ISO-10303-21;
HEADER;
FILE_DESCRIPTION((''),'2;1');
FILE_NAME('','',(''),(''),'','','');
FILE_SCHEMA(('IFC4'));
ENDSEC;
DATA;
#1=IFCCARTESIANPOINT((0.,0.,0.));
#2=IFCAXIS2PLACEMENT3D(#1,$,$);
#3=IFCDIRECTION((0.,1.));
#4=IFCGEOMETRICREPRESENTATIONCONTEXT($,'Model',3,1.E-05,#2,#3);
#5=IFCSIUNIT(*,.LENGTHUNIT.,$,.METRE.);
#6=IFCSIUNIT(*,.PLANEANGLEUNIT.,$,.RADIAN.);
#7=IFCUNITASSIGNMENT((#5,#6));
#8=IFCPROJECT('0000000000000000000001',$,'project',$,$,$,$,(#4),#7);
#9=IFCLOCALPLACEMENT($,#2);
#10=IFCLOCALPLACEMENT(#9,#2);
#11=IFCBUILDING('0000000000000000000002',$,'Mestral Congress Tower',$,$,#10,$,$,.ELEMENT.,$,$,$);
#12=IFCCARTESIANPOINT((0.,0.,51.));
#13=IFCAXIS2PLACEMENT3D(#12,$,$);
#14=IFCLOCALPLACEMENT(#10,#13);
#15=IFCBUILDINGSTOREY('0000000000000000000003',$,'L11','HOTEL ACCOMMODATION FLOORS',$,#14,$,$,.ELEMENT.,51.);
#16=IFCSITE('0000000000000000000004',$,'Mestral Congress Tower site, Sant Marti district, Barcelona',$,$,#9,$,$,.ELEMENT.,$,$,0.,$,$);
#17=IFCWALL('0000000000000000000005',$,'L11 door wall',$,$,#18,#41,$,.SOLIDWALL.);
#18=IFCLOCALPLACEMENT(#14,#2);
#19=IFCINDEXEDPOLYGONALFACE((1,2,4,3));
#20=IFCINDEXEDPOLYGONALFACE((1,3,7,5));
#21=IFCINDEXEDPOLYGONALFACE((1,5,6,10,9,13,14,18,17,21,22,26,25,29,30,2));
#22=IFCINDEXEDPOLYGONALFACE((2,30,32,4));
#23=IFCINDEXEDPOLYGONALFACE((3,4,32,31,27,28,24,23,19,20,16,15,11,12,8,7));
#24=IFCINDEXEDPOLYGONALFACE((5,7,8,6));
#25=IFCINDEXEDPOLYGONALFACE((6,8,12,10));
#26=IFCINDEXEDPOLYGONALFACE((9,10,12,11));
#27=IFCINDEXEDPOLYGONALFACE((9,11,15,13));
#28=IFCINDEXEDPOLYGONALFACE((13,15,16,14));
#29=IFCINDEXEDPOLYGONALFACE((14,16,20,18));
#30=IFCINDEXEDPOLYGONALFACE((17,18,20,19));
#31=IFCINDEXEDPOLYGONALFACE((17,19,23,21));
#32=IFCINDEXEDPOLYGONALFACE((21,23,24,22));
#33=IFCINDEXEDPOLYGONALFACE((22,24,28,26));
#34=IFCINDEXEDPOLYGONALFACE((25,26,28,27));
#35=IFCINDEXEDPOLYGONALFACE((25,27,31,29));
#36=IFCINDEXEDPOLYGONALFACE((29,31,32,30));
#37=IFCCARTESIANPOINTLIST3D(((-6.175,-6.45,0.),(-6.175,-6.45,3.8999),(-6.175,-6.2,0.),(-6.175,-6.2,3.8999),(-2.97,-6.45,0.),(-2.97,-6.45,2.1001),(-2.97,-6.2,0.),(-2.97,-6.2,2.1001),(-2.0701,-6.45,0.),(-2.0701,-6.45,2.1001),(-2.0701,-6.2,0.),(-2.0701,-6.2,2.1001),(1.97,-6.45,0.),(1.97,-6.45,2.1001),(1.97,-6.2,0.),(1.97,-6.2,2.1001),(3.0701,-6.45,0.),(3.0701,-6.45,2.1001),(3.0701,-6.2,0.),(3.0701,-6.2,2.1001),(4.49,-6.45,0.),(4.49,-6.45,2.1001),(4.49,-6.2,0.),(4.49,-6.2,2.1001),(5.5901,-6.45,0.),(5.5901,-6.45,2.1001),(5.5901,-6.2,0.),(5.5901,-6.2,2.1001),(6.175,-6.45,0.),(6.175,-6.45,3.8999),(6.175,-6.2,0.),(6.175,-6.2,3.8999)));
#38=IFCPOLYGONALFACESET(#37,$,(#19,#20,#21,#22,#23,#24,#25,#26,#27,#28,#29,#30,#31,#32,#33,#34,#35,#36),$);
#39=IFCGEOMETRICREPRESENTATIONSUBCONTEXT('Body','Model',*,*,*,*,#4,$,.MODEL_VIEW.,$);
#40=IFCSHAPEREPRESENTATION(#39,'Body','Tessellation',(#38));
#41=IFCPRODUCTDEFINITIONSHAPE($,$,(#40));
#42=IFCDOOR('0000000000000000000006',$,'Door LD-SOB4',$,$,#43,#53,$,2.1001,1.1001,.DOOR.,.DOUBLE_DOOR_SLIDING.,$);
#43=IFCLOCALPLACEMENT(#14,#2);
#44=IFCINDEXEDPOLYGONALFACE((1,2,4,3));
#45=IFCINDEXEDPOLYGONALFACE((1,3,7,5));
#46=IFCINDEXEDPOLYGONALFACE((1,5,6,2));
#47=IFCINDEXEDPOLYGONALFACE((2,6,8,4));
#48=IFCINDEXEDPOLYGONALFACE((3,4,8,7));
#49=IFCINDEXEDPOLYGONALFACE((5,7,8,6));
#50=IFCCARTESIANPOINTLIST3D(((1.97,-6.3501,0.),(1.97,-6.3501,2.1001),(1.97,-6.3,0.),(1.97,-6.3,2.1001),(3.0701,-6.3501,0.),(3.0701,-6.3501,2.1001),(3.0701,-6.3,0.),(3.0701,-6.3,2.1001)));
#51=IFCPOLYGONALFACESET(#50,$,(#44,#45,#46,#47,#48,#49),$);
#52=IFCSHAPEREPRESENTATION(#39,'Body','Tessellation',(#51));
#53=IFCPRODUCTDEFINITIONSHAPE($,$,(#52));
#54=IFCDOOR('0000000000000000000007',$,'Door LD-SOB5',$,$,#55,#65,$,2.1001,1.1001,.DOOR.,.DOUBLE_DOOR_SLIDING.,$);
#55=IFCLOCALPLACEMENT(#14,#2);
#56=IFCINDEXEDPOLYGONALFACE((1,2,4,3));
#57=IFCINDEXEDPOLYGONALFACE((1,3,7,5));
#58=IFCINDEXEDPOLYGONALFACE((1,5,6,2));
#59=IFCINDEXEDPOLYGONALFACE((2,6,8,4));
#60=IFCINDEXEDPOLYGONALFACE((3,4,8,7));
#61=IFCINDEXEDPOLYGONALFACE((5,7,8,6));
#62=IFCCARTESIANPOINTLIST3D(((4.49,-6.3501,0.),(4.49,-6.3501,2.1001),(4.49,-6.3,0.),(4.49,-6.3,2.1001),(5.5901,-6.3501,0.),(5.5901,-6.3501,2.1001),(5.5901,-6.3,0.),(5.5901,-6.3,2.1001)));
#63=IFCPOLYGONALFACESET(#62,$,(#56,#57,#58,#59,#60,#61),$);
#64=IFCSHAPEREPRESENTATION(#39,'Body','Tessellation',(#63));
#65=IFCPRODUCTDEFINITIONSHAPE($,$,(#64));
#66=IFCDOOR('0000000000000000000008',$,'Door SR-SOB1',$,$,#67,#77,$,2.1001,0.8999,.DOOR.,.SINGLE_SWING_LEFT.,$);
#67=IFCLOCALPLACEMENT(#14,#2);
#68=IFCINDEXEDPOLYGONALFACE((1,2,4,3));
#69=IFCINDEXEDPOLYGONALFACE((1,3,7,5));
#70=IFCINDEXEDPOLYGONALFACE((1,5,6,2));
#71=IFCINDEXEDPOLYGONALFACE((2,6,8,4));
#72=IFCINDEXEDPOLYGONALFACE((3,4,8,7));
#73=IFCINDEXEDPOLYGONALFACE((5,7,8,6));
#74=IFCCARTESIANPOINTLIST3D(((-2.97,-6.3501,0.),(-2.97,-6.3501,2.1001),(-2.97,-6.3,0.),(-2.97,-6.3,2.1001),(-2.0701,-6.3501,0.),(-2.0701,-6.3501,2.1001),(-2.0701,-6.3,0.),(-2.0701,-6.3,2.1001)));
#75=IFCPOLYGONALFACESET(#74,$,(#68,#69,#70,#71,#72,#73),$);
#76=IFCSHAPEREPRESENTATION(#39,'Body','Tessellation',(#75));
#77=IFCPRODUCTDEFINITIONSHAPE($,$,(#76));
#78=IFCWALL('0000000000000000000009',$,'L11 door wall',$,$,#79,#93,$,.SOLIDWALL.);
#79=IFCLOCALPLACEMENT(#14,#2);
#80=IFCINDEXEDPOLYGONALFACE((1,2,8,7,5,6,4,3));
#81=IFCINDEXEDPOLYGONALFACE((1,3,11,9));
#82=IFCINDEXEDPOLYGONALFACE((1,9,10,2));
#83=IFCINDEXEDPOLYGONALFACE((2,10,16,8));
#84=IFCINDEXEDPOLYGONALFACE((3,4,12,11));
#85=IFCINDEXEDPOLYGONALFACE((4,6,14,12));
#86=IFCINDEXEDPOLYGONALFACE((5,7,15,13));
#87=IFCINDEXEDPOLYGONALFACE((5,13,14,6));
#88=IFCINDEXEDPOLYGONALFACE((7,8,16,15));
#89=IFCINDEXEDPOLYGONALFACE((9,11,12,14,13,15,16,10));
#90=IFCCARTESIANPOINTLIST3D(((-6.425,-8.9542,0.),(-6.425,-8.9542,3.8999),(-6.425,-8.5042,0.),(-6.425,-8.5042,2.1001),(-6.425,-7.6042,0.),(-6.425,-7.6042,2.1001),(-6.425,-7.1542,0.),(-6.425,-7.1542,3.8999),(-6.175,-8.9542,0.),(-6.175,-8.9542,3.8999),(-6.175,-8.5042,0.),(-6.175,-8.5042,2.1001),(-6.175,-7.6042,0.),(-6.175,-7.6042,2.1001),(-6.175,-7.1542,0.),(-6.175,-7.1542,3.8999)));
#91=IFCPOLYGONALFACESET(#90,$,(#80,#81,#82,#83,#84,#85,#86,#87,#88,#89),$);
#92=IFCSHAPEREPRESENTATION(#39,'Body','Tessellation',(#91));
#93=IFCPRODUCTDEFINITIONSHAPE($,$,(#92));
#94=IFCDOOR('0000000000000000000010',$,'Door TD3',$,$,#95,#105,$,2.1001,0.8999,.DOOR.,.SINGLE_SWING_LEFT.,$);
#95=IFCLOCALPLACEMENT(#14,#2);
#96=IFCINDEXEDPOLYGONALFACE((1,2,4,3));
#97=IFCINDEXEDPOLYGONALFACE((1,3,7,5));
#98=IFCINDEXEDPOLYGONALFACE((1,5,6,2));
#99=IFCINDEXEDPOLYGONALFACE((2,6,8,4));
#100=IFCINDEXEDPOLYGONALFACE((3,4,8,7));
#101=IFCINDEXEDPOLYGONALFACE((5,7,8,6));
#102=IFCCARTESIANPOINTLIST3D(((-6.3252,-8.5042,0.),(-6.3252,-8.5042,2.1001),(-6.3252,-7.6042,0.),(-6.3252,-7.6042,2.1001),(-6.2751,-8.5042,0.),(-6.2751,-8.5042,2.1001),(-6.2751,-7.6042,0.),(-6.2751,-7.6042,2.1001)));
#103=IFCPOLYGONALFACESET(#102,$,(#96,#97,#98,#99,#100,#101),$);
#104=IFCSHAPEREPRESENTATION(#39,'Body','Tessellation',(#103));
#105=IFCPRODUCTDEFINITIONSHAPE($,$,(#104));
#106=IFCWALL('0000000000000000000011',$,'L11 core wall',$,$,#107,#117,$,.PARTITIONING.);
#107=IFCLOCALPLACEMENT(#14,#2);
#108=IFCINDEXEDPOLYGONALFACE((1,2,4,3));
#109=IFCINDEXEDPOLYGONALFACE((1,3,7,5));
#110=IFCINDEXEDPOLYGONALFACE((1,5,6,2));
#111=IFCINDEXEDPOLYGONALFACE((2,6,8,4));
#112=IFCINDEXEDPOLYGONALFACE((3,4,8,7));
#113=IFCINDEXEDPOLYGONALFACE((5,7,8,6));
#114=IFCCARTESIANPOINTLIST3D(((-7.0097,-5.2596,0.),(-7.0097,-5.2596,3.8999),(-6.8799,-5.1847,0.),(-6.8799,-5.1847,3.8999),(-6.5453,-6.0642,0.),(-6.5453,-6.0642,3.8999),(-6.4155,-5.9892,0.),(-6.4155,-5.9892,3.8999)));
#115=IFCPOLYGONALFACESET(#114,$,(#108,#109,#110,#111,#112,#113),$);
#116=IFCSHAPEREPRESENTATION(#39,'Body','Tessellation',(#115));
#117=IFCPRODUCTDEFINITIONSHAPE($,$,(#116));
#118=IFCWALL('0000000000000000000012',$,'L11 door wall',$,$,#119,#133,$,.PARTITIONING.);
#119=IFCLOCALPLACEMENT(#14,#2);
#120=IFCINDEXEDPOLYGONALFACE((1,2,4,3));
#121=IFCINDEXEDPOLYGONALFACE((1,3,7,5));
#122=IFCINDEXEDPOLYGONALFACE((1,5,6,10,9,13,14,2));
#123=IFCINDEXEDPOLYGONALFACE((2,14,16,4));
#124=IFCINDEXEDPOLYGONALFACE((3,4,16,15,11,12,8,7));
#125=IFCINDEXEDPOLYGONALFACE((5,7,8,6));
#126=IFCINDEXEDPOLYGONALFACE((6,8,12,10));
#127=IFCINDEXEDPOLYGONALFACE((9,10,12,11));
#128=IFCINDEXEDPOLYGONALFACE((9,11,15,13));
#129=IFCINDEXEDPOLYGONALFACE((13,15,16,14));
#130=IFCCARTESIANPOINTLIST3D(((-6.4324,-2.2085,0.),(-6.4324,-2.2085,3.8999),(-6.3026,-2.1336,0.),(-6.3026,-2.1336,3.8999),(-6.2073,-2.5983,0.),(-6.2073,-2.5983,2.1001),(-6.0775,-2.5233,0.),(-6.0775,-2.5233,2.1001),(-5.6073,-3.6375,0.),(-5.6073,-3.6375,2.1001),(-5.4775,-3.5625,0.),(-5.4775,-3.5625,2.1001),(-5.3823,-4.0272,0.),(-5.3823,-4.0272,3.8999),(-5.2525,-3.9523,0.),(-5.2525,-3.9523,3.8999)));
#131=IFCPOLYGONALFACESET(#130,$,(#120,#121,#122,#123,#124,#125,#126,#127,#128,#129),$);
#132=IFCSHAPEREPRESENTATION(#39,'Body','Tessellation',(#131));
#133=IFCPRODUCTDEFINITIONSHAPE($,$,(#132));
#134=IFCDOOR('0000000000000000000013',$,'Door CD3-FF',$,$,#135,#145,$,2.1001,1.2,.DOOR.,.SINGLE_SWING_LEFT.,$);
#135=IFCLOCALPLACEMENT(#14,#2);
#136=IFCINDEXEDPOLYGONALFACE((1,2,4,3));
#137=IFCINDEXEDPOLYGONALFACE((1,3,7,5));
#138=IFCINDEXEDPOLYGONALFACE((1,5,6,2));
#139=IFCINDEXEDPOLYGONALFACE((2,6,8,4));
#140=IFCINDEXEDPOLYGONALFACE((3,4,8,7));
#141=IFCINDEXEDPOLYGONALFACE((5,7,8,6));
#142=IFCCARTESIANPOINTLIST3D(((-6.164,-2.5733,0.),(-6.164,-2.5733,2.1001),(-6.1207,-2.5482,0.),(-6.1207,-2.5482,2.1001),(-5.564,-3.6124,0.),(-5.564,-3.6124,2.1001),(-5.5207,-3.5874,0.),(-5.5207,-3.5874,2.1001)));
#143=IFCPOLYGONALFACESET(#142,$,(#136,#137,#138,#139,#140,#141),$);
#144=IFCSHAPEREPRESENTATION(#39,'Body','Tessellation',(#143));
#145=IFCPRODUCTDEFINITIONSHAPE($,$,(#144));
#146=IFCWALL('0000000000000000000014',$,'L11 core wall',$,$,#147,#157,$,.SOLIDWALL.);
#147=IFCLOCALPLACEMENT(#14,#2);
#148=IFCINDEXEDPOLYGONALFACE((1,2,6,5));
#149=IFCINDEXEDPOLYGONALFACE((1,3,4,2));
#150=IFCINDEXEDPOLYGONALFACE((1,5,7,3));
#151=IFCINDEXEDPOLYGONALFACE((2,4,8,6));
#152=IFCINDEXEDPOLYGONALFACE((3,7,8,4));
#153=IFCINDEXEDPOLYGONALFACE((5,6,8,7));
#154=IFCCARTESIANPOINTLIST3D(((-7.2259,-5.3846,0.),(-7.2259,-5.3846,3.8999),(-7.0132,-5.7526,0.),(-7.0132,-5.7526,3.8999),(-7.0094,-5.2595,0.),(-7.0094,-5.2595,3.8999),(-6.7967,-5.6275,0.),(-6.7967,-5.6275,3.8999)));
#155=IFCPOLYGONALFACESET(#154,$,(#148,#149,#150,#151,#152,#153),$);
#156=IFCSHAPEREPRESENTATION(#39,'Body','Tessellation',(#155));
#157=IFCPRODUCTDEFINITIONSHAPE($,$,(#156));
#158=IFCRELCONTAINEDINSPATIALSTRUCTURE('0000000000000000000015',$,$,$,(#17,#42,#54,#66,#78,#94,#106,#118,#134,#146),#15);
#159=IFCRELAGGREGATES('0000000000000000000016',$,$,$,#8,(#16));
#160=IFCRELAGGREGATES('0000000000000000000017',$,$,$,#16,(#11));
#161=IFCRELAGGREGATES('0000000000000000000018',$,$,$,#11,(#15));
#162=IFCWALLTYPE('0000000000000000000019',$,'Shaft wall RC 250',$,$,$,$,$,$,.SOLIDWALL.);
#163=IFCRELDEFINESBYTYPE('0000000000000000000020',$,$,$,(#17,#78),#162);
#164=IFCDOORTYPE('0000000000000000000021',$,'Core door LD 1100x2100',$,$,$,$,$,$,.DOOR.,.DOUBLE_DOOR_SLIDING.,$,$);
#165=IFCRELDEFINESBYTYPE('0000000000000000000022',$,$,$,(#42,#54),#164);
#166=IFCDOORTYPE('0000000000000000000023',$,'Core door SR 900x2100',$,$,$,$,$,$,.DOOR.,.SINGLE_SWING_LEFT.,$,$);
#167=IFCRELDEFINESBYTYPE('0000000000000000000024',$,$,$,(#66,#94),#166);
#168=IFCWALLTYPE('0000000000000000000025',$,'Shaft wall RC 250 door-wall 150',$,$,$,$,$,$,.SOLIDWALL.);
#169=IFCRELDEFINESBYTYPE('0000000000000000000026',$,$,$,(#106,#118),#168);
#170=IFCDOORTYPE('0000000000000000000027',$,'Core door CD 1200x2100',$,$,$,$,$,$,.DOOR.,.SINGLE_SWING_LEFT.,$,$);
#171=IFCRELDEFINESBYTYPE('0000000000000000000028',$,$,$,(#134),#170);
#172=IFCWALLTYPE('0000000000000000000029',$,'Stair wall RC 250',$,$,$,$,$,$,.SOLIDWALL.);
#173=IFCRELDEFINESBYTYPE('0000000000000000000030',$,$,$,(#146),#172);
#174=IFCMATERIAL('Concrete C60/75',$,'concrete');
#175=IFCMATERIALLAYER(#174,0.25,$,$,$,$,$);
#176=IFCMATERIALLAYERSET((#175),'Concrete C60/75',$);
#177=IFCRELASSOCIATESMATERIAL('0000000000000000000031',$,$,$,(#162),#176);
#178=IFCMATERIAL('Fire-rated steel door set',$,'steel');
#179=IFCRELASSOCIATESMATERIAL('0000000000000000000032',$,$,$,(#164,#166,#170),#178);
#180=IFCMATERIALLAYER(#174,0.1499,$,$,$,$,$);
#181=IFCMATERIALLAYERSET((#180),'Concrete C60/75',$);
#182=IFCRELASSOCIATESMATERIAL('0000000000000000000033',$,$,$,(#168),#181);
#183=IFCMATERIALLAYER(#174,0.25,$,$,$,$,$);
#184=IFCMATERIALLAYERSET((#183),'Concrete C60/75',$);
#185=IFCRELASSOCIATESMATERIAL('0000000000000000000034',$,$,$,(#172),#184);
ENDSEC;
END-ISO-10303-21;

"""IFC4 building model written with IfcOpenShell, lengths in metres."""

from ifc_helpers import new_model, si_unit, direction, frame, frame_2d, origin, place, context, subcontext, project, spatial, rectangle, extrude, material, layer, layer_set, type_object, element, fill, save


model = new_model("IFC4")

# Units and contexts
model_context = context("Model", 3, precision=1e-05, world=origin(), true_north=direction((0.0, 1.0)))
body_context = subcontext(model_context, "Body", "Model", "MODEL_VIEW")
ifc_project = project(units=[si_unit("LENGTHUNIT", "METRE"), si_unit("PLANEANGLEUNIT", "RADIAN")], contexts=[model_context])

# Site, building, storey
site_placement = place(None, origin())
site = spatial("IfcSite", under=ifc_project, at=site_placement, Name="Mestral Congress Tower site, Sant Marti district, Barcelona", CompositionType="ELEMENT", RefElevation=0.0)
building_placement = place(site_placement, origin())
building = spatial("IfcBuilding", under=site, at=building_placement, Name="Mestral Congress Tower", CompositionType="ELEMENT")
storey_placement = place(building_placement, frame((0.0, 0.0, 51.0)))
storey = spatial("IfcBuildingStorey", under=building, at=storey_placement, Name="L11", Description="HOTEL ACCOMMODATION FLOORS", CompositionType="ELEMENT", Elevation=51.0)

# Shared definitions
ifc_material_1 = material(Name="Concrete C60/75", Category="concrete")
ifc_layer_1 = layer(ifc_material_1, 0.25)
ifc_layer_set_1 = layer_set([ifc_layer_1], Name="Concrete C60/75")
wall_type_1 = type_object("IfcWallType", Name="Shaft wall RC 250", PredefinedType="SOLIDWALL", material=ifc_layer_set_1)

# Wall, openings, doors
ifc_material_2 = material(Name="Fire-rated steel door set", Category="steel")
door_type_1 = type_object("IfcDoorType", Name="Core door LD 1100x2100", OperationType="DOUBLE_DOOR_SLIDING", PredefinedType="DOOR", material=ifc_material_2)
wall_1_placement = place(storey_placement, frame((-6.175, -6.325, 0.0), z_axis=(0.0, 0.0, 1.0), x_axis=(1.0, 0.0, 0.0)))
wall_1 = element("IfcWall", 1, at=wall_1_placement, inside=storey, type_object=wall_type_1, Name="L11 door wall", PredefinedType="SOLIDWALL", context=body_context, shape_type="SweptSolid", body=[
    extrude(rectangle(XDim=12.3501, YDim=0.25, at=frame_2d((6.175, 0.0))), origin(), (0.0, 0.0, 1.0), 3.8999),
])
opening_1_placement = place(wall_1_placement, frame((3.2051, 0.0, 0.0)))
opening_1 = element("IfcOpeningElement", 2, at=opening_1_placement, cuts=wall_1, PredefinedType="OPENING", context=body_context, shape_type="SweptSolid", body=[
    extrude(rectangle(XDim=0.8999, YDim=2.1001, at=frame_2d((0.45, 1.05))), frame((0.0, 0.135, 0.0), z_axis=(0.0, -1.0, 0.0), x_axis=(1.0, 0.0, 0.0)), (0.0, 0.0, 1.0), 0.27),
])
opening_2_placement = place(wall_1_placement, frame((8.145, 0.0, 0.0)))
opening_2 = element("IfcOpeningElement", 3, at=opening_2_placement, cuts=wall_1, PredefinedType="OPENING", context=body_context, shape_type="SweptSolid", body=[
    extrude(rectangle(XDim=1.1001, YDim=2.1001, at=frame_2d((0.55, 1.05))), frame((0.0, 0.135, 0.0), z_axis=(0.0, -1.0, 0.0), x_axis=(1.0, 0.0, 0.0)), (0.0, 0.0, 1.0), 0.27),
])
opening_3_placement = place(wall_1_placement, frame((10.665, 0.0, 0.0)))
opening_3 = element("IfcOpeningElement", 4, at=opening_3_placement, cuts=wall_1, PredefinedType="OPENING", context=body_context, shape_type="SweptSolid", body=[
    extrude(rectangle(XDim=1.1001, YDim=2.1001, at=frame_2d((0.55, 1.05))), frame((0.0, 0.135, 0.0), z_axis=(0.0, -1.0, 0.0), x_axis=(1.0, 0.0, 0.0)), (0.0, 0.0, 1.0), 0.27),
])
door_1_placement = place(opening_2_placement, origin())
door_1 = element("IfcDoor", 5, at=door_1_placement, inside=storey, type_object=door_type_1, Name="Door LD-SOB4", OperationType="DOUBLE_DOOR_SLIDING", OverallHeight=2.1001, OverallWidth=1.1001, PredefinedType="DOOR", context=body_context, shape_type="SweptSolid", body=[
    extrude(rectangle(XDim=1.1001, YDim=2.1001, at=frame_2d((0.55, 1.05))), frame((0.0, 0.0249, 0.0), z_axis=(0.0, -1.0, 0.0), x_axis=(1.0, 0.0, 0.0)), (0.0, 0.0, 1.0), 0.05),
])
fill(opening_2, door_1)
door_2_placement = place(opening_3_placement, origin())
door_2 = element("IfcDoor", 6, at=door_2_placement, inside=storey, type_object=door_type_1, Name="Door LD-SOB5", OperationType="DOUBLE_DOOR_SLIDING", OverallHeight=2.1001, OverallWidth=1.1001, PredefinedType="DOOR", context=body_context, shape_type="SweptSolid", body=[
    extrude(rectangle(XDim=1.1001, YDim=2.1001, at=frame_2d((0.55, 1.05))), frame((0.0, 0.0249, 0.0), z_axis=(0.0, -1.0, 0.0), x_axis=(1.0, 0.0, 0.0)), (0.0, 0.0, 1.0), 0.05),
])
fill(opening_3, door_2)
door_type_2 = type_object("IfcDoorType", Name="Core door SR 900x2100", OperationType="SINGLE_SWING_LEFT", PredefinedType="DOOR", material=ifc_material_2)
door_3_placement = place(opening_1_placement, origin())
door_3 = element("IfcDoor", 7, at=door_3_placement, inside=storey, type_object=door_type_2, Name="Door SR-SOB1", OperationType="SINGLE_SWING_LEFT", OverallHeight=2.1001, OverallWidth=0.8999, PredefinedType="DOOR", context=body_context, shape_type="SweptSolid", body=[
    extrude(rectangle(XDim=0.8999, YDim=2.1001, at=frame_2d((0.45, 1.05))), frame((0.0, 0.0249, 0.0), z_axis=(0.0, -1.0, 0.0), x_axis=(1.0, 0.0, 0.0)), (0.0, 0.0, 1.0), 0.05),
])
fill(opening_1, door_3)

# Wall, opening, door
wall_2_placement = place(storey_placement, frame((-6.3, -7.1543, 0.0), z_axis=(0.0, 0.0, 1.0), x_axis=(0.0, -1.0, 0.0)))
wall_2 = element("IfcWall", 8, at=wall_2_placement, inside=storey, type_object=wall_type_1, Name="L11 door wall", PredefinedType="SOLIDWALL", context=body_context, shape_type="SweptSolid", body=[
    extrude(rectangle(XDim=1.8, YDim=0.25, at=frame_2d((0.8999, 0.0))), origin(), (0.0, 0.0, 1.0), 3.8999),
])
opening_4_placement = place(wall_2_placement, frame((0.45, 0.0, 0.0)))
opening_4 = element("IfcOpeningElement", 9, at=opening_4_placement, cuts=wall_2, PredefinedType="OPENING", context=body_context, shape_type="SweptSolid", body=[
    extrude(rectangle(XDim=0.8999, YDim=2.1001, at=frame_2d((0.45, 1.05))), frame((0.0, 0.135, 0.0), z_axis=(0.0, -1.0, 0.0), x_axis=(1.0, 0.0, 0.0)), (0.0, 0.0, 1.0), 0.27),
])
door_4_placement = place(opening_4_placement, origin())
door_4 = element("IfcDoor", 10, at=door_4_placement, inside=storey, type_object=door_type_2, Name="Door TD3", OperationType="SINGLE_SWING_LEFT", OverallHeight=2.1001, OverallWidth=0.8999, PredefinedType="DOOR", context=body_context, shape_type="SweptSolid", body=[
    extrude(rectangle(XDim=0.8999, YDim=2.1001, at=frame_2d((0.45, 1.05))), frame((0.0, 0.0249, 0.0), z_axis=(0.0, -1.0, 0.0), x_axis=(1.0, 0.0, 0.0)), (0.0, 0.0, 1.0), 0.05),
])
fill(opening_4, door_4)

# Wall
ifc_layer_2 = layer(ifc_material_1, 0.1499)
ifc_layer_set_2 = layer_set([ifc_layer_2], Name="Concrete C60/75")
wall_type_2 = type_object("IfcWallType", Name="Shaft wall RC 250 door-wall 150", PredefinedType="SOLIDWALL", material=ifc_layer_set_2)
wall_3_placement = place(storey_placement, frame((-6.4805, -6.0266, 0.0), z_axis=(0.0, 0.0, 1.0), x_axis=(-0.499927, 0.866067, 0.0)))
element("IfcWall", 11, at=wall_3_placement, inside=storey, type_object=wall_type_2, Name="L11 core wall", PredefinedType="PARTITIONING", context=body_context, shape_type="SweptSolid", body=[
    extrude(rectangle(XDim=0.929, YDim=0.1499, at=frame_2d((0.4644, 0.0))), origin(), (0.0, 0.0, 1.0), 3.8999),
])

# Wall, opening, door
wall_4_placement = place(storey_placement, frame((-5.3174, -3.9897, 0.0), z_axis=(0.0, 0.0, 1.0), x_axis=(-0.500028, 0.866009, 0.0)))
wall_4 = element("IfcWall", 12, at=wall_4_placement, inside=storey, type_object=wall_type_2, Name="L11 door wall", PredefinedType="PARTITIONING", context=body_context, shape_type="SweptSolid", body=[
    extrude(rectangle(XDim=2.1001, YDim=0.1499, at=frame_2d((1.05, 0.0))), origin(), (0.0, 0.0, 1.0), 3.8999),
])
opening_5_placement = place(wall_4_placement, frame((0.45, 0.0, 0.0)))
opening_5 = element("IfcOpeningElement", 13, at=opening_5_placement, cuts=wall_4, PredefinedType="OPENING", context=body_context, shape_type="SweptSolid", body=[
    extrude(rectangle(XDim=1.2, YDim=2.1001, at=frame_2d((0.6001, 1.05))), frame((0.0, 0.085, 0.0), z_axis=(0.0, -1.0, 0.0), x_axis=(1.0, 0.0, 0.0)), (0.0, 0.0, 1.0), 0.1699),
])
door_type_3 = type_object("IfcDoorType", Name="Core door CD 1200x2100", OperationType="SINGLE_SWING_LEFT", PredefinedType="DOOR", material=ifc_material_2)
door_5_placement = place(opening_5_placement, origin())
door_5 = element("IfcDoor", 14, at=door_5_placement, inside=storey, type_object=door_type_3, Name="Door CD3-FF", OperationType="SINGLE_SWING_LEFT", OverallHeight=2.1001, OverallWidth=1.2, PredefinedType="DOOR", context=body_context, shape_type="SweptSolid", body=[
    extrude(rectangle(XDim=1.2, YDim=2.1001, at=frame_2d((0.6001, 1.05))), frame((0.0, 0.0249, 0.0), z_axis=(0.0, -1.0, 0.0), x_axis=(1.0, 0.0, 0.0)), (0.0, 0.0, 1.0), 0.05),
])
fill(opening_5, door_5)

# Wall
ifc_layer_3 = layer(ifc_material_1, 0.25)
ifc_layer_set_3 = layer_set([ifc_layer_3], Name="Concrete C60/75")
wall_type_3 = type_object("IfcWallType", Name="Stair wall RC 250", PredefinedType="SOLIDWALL", material=ifc_layer_set_3)
wall_5_placement = place(storey_placement, frame((-6.905, -5.6899, 0.0), z_axis=(0.0, 0.0, 1.0), x_axis=(-0.500402, 0.865793, 0.0)))
element("IfcWall", 15, at=wall_5_placement, inside=storey, type_object=wall_type_3, Name="L11 core wall", PredefinedType="SOLIDWALL", context=body_context, shape_type="SweptSolid", body=[
    extrude(rectangle(XDim=0.425, YDim=0.25, at=frame_2d((0.2124, 0.0))), origin(), (0.0, 0.0, 1.0), 3.8999),
])

save(model, "model.ifc")
